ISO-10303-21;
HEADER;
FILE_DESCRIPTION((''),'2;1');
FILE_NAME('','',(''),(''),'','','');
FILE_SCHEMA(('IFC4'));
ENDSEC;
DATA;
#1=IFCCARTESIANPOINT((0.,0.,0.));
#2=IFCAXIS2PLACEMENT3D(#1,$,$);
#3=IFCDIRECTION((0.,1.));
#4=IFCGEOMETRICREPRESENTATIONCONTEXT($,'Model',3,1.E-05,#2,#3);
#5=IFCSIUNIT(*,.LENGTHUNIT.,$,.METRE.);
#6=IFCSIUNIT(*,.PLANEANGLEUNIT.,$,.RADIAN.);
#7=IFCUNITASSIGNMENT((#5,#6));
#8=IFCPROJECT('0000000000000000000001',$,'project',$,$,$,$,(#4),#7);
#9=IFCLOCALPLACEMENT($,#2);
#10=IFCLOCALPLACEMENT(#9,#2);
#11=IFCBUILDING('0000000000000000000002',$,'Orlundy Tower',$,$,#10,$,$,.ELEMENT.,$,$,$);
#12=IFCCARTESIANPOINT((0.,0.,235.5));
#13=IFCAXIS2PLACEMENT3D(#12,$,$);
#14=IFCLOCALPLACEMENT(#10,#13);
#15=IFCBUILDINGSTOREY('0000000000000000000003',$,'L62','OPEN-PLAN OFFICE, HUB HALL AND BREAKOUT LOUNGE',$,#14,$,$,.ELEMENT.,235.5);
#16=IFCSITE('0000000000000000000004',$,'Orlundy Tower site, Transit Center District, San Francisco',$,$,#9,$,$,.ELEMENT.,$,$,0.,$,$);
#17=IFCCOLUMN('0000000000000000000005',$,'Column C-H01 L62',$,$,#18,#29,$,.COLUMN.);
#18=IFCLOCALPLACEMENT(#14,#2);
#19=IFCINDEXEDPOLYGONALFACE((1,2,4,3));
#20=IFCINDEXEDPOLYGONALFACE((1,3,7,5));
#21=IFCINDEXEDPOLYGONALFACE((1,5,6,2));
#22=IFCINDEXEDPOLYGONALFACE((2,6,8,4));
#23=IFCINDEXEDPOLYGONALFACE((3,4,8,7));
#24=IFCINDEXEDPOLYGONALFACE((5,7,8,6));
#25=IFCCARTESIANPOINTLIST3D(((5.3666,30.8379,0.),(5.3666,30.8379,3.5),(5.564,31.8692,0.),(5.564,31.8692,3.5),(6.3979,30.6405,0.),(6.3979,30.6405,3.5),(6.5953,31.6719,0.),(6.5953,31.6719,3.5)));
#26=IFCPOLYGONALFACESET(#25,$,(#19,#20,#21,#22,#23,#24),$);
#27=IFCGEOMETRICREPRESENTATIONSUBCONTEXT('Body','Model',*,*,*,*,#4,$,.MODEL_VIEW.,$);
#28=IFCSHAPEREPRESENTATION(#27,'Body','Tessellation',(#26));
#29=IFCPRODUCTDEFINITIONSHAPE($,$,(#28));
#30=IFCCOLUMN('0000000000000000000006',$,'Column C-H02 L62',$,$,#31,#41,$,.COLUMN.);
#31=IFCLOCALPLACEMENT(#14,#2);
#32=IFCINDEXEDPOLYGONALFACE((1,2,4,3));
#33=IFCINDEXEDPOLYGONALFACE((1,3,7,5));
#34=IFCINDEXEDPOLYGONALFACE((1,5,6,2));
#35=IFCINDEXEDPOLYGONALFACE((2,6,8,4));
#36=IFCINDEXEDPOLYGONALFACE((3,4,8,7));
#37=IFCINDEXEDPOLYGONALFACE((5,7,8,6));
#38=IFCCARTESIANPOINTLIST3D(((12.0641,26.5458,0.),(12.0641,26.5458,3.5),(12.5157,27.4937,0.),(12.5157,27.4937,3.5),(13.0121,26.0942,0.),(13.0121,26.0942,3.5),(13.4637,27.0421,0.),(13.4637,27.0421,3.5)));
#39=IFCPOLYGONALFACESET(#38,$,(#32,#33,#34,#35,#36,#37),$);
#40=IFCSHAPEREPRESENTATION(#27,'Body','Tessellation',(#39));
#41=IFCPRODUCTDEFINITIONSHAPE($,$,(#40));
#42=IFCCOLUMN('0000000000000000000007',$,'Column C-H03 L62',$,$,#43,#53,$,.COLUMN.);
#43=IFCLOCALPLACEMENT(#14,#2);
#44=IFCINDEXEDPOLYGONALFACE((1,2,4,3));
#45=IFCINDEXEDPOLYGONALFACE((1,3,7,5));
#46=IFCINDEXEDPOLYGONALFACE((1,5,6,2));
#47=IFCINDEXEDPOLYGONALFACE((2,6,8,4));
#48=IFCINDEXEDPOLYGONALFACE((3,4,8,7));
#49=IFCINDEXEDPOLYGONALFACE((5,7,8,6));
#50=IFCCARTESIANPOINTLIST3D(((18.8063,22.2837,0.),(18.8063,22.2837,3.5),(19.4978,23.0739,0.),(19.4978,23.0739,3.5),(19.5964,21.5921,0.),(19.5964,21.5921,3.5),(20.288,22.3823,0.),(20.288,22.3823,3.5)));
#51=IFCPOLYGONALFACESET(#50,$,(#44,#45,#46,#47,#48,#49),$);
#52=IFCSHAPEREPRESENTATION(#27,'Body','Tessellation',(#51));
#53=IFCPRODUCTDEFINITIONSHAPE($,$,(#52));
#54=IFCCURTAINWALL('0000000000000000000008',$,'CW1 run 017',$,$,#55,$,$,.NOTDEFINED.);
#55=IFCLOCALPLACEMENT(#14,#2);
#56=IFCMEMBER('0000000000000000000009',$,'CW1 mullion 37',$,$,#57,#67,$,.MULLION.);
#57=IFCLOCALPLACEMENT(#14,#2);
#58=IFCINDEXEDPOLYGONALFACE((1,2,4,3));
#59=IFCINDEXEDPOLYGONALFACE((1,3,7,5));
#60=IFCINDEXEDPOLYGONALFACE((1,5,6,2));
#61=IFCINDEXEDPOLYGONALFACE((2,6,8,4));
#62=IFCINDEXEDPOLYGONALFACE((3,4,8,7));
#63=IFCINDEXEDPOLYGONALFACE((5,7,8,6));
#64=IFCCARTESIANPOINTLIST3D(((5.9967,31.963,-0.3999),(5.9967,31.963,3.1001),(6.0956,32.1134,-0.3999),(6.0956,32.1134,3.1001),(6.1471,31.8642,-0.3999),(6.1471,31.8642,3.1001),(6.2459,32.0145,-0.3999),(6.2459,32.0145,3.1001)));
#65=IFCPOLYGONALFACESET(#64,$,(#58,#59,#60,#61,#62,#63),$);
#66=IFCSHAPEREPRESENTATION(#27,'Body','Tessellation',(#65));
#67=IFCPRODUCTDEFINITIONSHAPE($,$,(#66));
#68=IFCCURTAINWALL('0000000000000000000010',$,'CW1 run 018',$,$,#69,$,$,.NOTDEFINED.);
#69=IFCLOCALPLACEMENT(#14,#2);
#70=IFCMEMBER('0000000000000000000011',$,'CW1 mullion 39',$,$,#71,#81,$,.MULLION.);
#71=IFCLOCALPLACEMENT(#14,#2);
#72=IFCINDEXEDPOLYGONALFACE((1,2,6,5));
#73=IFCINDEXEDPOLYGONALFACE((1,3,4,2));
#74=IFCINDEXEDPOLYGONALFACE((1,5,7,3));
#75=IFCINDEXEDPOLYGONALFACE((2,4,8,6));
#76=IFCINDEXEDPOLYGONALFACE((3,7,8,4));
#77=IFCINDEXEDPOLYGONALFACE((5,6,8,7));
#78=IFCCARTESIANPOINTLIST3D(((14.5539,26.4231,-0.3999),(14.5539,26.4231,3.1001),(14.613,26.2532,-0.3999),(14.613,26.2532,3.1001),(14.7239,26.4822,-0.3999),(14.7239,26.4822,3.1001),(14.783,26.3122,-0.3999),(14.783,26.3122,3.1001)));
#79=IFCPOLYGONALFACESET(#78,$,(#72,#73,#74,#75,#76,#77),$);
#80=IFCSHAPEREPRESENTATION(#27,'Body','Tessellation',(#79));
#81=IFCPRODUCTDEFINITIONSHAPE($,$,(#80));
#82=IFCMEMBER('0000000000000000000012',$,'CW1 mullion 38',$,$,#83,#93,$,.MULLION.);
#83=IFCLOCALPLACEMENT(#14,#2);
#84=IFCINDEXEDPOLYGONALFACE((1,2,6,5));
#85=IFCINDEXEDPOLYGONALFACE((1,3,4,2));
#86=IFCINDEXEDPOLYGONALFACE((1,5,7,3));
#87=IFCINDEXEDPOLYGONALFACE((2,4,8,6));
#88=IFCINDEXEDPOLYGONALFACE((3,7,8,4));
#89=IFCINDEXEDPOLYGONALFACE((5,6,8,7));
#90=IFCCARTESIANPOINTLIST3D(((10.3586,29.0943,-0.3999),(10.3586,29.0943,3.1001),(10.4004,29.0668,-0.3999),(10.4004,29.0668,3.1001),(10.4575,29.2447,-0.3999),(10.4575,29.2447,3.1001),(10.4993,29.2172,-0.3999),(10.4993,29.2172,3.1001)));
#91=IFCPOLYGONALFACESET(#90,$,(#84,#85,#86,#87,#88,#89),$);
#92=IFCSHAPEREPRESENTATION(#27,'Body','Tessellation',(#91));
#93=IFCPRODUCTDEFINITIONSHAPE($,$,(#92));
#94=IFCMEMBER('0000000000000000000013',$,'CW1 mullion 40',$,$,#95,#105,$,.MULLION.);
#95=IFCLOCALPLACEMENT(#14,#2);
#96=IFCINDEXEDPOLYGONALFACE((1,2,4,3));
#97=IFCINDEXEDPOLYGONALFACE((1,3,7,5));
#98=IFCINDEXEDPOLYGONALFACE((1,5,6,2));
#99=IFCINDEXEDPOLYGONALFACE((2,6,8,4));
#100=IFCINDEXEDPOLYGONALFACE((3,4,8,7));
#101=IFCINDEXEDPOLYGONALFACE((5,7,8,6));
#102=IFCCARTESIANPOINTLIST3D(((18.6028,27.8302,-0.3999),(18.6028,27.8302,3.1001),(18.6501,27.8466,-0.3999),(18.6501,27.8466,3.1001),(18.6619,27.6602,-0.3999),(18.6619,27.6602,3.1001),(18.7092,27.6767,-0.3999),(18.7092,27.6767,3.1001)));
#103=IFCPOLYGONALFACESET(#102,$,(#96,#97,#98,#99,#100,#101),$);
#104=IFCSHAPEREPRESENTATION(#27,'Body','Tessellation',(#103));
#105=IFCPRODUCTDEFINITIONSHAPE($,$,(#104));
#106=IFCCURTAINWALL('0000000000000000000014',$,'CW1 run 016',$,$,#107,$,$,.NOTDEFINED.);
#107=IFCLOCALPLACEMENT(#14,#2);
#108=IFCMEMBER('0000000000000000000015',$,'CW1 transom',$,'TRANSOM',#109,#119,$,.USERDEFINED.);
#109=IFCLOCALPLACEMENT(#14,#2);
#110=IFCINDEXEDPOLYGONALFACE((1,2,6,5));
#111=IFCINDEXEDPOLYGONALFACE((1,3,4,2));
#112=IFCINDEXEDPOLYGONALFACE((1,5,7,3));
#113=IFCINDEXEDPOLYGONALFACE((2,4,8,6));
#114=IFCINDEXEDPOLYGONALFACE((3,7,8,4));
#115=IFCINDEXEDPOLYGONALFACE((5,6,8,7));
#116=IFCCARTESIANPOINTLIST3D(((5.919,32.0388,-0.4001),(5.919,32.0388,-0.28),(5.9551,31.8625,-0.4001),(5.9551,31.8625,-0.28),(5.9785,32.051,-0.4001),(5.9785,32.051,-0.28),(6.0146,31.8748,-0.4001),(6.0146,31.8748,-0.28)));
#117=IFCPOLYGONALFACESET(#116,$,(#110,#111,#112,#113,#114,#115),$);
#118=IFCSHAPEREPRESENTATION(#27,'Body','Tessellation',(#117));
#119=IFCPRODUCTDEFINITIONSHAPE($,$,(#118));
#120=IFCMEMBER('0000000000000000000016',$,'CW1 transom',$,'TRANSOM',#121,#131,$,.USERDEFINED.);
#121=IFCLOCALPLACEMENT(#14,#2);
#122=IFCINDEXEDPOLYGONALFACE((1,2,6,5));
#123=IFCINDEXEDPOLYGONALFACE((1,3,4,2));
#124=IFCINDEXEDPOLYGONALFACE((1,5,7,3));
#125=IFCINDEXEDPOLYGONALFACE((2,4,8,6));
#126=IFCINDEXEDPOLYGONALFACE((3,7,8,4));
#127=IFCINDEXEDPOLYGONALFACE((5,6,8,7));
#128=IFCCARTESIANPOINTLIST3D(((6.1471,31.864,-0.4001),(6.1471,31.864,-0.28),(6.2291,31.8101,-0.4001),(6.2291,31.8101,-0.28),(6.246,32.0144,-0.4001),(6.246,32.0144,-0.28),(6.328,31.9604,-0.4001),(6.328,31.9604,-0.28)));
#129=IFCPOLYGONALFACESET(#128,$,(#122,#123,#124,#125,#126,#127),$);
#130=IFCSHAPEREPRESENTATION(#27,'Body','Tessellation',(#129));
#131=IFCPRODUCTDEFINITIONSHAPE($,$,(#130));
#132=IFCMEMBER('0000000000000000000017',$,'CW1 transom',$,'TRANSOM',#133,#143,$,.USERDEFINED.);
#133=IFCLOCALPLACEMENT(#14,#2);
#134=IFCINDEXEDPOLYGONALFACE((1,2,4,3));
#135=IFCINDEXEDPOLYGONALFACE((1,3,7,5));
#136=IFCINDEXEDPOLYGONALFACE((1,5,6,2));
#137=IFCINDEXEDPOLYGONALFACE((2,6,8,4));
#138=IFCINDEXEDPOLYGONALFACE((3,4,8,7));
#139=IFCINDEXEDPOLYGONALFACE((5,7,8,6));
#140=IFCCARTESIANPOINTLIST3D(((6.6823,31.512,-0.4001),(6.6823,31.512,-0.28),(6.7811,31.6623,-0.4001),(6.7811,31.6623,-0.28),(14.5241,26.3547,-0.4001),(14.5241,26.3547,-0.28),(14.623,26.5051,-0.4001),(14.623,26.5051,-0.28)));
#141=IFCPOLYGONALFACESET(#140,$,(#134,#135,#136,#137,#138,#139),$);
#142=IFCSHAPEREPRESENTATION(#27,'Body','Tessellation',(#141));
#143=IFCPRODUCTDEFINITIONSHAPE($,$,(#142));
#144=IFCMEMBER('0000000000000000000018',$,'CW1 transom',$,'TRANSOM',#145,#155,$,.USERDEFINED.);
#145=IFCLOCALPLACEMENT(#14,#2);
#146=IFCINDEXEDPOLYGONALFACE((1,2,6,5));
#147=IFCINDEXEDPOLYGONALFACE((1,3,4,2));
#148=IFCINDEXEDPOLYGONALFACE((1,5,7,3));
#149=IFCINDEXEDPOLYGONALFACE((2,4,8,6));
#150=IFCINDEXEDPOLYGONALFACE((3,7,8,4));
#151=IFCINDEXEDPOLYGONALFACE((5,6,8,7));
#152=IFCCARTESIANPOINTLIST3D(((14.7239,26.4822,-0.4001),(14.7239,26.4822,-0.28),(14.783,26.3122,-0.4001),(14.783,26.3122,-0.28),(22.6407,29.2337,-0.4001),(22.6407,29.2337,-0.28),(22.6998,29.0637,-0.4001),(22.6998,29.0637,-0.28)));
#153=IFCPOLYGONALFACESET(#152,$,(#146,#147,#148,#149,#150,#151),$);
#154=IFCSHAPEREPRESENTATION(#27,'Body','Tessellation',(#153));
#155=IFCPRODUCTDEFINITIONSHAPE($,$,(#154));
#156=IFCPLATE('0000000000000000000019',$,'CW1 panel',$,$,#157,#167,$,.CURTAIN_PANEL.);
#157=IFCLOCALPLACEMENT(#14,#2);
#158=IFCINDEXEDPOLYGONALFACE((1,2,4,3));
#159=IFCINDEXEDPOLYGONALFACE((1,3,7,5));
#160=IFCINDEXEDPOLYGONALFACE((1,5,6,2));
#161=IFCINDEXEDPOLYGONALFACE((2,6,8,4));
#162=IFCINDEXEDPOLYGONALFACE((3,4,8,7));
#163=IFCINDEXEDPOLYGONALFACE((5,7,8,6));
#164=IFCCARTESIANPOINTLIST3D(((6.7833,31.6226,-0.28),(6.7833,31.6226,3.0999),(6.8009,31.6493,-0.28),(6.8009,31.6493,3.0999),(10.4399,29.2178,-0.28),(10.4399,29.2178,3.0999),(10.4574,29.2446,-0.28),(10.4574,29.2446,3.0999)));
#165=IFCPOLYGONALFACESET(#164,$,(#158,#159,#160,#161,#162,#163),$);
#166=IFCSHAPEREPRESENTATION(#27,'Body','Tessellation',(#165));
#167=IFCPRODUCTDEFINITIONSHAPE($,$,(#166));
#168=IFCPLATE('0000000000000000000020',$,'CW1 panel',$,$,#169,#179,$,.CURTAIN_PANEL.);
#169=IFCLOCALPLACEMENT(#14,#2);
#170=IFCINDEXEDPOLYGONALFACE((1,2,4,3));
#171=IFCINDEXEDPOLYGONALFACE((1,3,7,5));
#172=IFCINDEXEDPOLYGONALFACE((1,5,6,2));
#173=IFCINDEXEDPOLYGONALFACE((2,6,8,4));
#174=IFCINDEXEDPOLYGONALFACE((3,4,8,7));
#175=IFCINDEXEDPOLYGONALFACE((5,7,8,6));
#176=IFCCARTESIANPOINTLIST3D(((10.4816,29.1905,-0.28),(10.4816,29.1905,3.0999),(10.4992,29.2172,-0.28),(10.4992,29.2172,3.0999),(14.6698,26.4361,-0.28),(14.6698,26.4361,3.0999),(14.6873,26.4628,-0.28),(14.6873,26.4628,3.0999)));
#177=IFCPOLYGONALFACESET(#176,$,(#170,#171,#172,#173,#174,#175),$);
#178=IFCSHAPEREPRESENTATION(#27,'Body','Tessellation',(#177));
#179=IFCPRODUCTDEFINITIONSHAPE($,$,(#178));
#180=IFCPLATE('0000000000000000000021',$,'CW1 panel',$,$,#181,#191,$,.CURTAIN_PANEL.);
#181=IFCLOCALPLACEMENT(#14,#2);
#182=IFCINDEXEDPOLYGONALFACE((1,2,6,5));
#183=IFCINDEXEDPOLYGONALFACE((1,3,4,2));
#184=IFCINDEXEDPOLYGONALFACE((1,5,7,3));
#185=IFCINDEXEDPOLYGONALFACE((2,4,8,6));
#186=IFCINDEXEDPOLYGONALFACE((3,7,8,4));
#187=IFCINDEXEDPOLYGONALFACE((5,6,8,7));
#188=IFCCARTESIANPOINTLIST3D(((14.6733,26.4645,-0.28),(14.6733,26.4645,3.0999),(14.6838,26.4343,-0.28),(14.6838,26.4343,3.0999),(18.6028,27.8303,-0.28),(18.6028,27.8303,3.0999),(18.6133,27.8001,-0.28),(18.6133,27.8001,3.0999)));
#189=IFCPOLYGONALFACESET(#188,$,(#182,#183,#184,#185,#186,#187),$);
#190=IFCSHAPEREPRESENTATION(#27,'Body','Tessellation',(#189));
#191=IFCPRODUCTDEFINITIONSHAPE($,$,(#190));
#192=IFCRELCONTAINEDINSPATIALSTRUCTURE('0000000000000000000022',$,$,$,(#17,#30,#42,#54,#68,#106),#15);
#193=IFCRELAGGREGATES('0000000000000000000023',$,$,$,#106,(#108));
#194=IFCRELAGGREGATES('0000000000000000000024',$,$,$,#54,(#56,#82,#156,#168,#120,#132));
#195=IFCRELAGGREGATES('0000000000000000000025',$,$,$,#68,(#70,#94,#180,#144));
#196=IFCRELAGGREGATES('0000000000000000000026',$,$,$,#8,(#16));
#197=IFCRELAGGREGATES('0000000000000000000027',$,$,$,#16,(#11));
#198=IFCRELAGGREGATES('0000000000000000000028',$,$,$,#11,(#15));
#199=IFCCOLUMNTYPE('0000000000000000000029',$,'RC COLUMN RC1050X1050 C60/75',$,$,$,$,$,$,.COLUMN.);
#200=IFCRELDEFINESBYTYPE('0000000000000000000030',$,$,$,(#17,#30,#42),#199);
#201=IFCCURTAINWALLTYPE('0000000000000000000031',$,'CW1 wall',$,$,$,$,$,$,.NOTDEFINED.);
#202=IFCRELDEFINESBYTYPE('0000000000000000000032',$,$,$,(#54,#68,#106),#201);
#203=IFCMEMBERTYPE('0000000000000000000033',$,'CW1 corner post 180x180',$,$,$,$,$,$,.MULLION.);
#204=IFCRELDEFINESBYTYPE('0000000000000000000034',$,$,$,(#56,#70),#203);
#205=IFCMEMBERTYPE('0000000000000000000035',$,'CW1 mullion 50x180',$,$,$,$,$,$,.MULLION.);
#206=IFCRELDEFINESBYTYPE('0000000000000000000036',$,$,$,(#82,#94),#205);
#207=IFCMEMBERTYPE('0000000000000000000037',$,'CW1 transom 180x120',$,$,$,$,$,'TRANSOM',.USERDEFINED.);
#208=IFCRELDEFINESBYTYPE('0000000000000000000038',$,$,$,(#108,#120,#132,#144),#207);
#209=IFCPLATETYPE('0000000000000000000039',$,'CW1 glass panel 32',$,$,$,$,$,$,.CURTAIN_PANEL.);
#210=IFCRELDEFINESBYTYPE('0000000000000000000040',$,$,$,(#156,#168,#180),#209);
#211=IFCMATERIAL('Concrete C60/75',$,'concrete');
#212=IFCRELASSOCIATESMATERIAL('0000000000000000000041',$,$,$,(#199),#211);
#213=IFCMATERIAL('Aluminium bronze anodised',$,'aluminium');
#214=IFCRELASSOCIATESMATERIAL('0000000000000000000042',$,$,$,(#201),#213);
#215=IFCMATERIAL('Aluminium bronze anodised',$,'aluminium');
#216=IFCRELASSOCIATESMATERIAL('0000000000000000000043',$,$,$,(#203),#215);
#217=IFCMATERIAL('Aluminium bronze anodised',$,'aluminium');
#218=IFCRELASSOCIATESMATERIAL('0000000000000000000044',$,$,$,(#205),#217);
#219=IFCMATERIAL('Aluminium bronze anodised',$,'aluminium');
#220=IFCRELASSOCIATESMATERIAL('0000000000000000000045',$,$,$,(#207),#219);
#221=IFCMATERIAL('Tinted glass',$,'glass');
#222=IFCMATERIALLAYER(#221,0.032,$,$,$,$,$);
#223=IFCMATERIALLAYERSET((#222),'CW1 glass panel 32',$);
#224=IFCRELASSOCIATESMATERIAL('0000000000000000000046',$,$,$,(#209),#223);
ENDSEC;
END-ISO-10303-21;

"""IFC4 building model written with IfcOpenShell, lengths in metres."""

from ifc_helpers import new_model, si_unit, direction, frame, origin, origin_2d, place, context, subcontext, project, spatial, rectangle, extrude, material, layer, layer_set, material_profile, profile_set, type_object, element, aggregate, save


model = new_model("IFC4")

# Units and contexts
model_context = context("Model", 3, precision=1e-05, world=origin(), true_north=direction((0.0, 1.0)))
body_context = subcontext(model_context, "Body", "Model", "MODEL_VIEW")
ifc_project = project(units=[si_unit("LENGTHUNIT", "METRE"), si_unit("PLANEANGLEUNIT", "RADIAN")], contexts=[model_context])

# Site, building, storey
site_placement = place(None, origin())
site = spatial("IfcSite", under=ifc_project, at=site_placement, Name="Orlundy Tower site, Transit Center District, San Francisco", CompositionType="ELEMENT", RefElevation=0.0)
building_placement = place(site_placement, origin())
building = spatial("IfcBuilding", under=site, at=building_placement, Name="Orlundy Tower", CompositionType="ELEMENT")
storey_placement = place(building_placement, frame((0.0, 0.0, 235.5)))
storey = spatial("IfcBuildingStorey", under=building, at=storey_placement, Name="L62", Description="OPEN-PLAN OFFICE, HUB HALL AND BREAKOUT LOUNGE", CompositionType="ELEMENT", Elevation=235.5)

# Columns
ifc_material_1 = material(Name="Concrete C60/75", Category="concrete")
ifc_material_profile_1 = material_profile(ifc_material_1, rectangle(XDim=1.05, YDim=1.05, at=origin_2d()), Name="RC1050X1050")
ifc_profile_set_1 = profile_set([ifc_material_profile_1], Name="Concrete C60/75")
column_type = type_object("IfcColumnType", Name="RC COLUMN RC1050X1050 C60/75", PredefinedType="COLUMN", material=ifc_profile_set_1)
for number, where, z_axis, x_axis, name in (
    (1, (5.981, 31.2549, 0.0), (0.0, 0.0, 1.0), (0.187947, 0.982179, 0.0), "Column C-H01 L62"),
    (2, (12.7639, 26.7939, 0.0), (0.0, 0.0, 1.0), (0.43007, 0.902796, 0.0), "Column C-H02 L62"),
    (3, (19.5471, 22.333, 0.0), (0.0, 0.0, 1.0), (0.658611, 0.752484, 0.0), "Column C-H03 L62"),
):
    element("IfcColumn", number, at=place(storey_placement, frame(where, z_axis=z_axis, x_axis=x_axis)), inside=storey, type_object=column_type, Name=name, PredefinedType="COLUMN", context=body_context, shape_type="SweptSolid", body=[
        extrude(rectangle(XDim=1.05, YDim=1.05, at=origin_2d()), origin(), (0.0, 0.0, 1.0), 3.5),
    ])

# Curtain walls, members
ifc_material_2 = material(Name="Aluminium bronze anodised", Category="aluminium")
curtain_wall_type = type_object("IfcCurtainWallType", Name="CW1 wall", PredefinedType="NOTDEFINED", material=ifc_material_2)
curtain_wall_1_placement = place(storey_placement, origin())
curtain_wall_1 = element("IfcCurtainWall", 4, at=curtain_wall_1_placement, inside=storey, type_object=curtain_wall_type, Name="CW1 run 017", PredefinedType="NOTDEFINED")
ifc_material_3 = material(Name="Aluminium bronze anodised", Category="aluminium")
ifc_material_profile_2 = material_profile(ifc_material_3, rectangle(XDim=0.1799, YDim=0.1799, at=origin_2d()), Name="CW1 corner post 180x180")
ifc_profile_set_2 = profile_set([ifc_material_profile_2], Name="Aluminium bronze anodised")
member_type_1 = type_object("IfcMemberType", Name="CW1 corner post 180x180", PredefinedType="MULLION", material=ifc_profile_set_2)
member_1_placement = place(storey_placement, frame((6.1213, 31.9888, -0.3999), z_axis=(0.0, 0.0, 1.0), x_axis=(0.549482, 0.835506, 0.0)))
member_1 = element("IfcMember", 5, at=member_1_placement, type_object=member_type_1, Name="CW1 mullion 37", PredefinedType="MULLION", context=body_context, shape_type="SweptSolid", body=[
    extrude(rectangle(XDim=0.1799, YDim=0.1799, at=origin_2d()), origin(), (0.0, 0.0, 1.0), 3.5),
])
curtain_wall_2_placement = place(storey_placement, origin())
curtain_wall_2 = element("IfcCurtainWall", 6, at=curtain_wall_2_placement, inside=storey, type_object=curtain_wall_type, Name="CW1 run 018", PredefinedType="NOTDEFINED")
member_2_placement = place(storey_placement, frame((14.6685, 26.3677, -0.3999), z_axis=(0.0, 0.0, 1.0), x_axis=(-0.328298, 0.944574, 0.0)))
member_2 = element("IfcMember", 7, at=member_2_placement, type_object=member_type_1, Name="CW1 mullion 39", PredefinedType="MULLION", context=body_context, shape_type="SweptSolid", body=[
    extrude(rectangle(XDim=0.1799, YDim=0.1799, at=origin_2d()), origin(), (0.0, 0.0, 1.0), 3.5),
])

# Members
ifc_material_4 = material(Name="Aluminium bronze anodised", Category="aluminium")
ifc_material_profile_3 = material_profile(ifc_material_4, rectangle(XDim=0.1799, YDim=0.05, at=origin_2d()), Name="CW1 mullion 50x180")
ifc_profile_set_3 = profile_set([ifc_material_profile_3], Name="Aluminium bronze anodised")
member_type_2 = type_object("IfcMemberType", Name="CW1 mullion 50x180", PredefinedType="MULLION", material=ifc_profile_set_3)
member_3_placement = place(storey_placement, frame((10.429, 29.1558, -0.3999), z_axis=(0.0, 0.0, 1.0), x_axis=(0.549482, 0.835506, 0.0)))
member_3 = element("IfcMember", 8, at=member_3_placement, type_object=member_type_2, Name="CW1 mullion 38", PredefinedType="MULLION", context=body_context, shape_type="SweptSolid", body=[
    extrude(rectangle(XDim=0.1799, YDim=0.05, at=origin_2d()), origin(), (0.0, 0.0, 1.0), 3.5),
])
member_4_placement = place(storey_placement, frame((18.656, 27.7534, -0.3999), z_axis=(0.0, 0.0, 1.0), x_axis=(-0.328298, 0.944574, 0.0)))
member_4 = element("IfcMember", 9, at=member_4_placement, type_object=member_type_2, Name="CW1 mullion 40", PredefinedType="MULLION", context=body_context, shape_type="SweptSolid", body=[
    extrude(rectangle(XDim=0.1799, YDim=0.05, at=origin_2d()), origin(), (0.0, 0.0, 1.0), 3.5),
])

# Curtain wall, member
curtain_wall_3_placement = place(storey_placement, origin())
curtain_wall_3 = element("IfcCurtainWall", 10, at=curtain_wall_3_placement, inside=storey, type_object=curtain_wall_type, Name="CW1 run 016", PredefinedType="NOTDEFINED")
ifc_material_5 = material(Name="Aluminium bronze anodised", Category="aluminium")
ifc_material_profile_4 = material_profile(ifc_material_5, rectangle(XDim=0.1799, YDim=0.1201, at=origin_2d()), Name="CW1 transom 180x120")
ifc_profile_set_4 = profile_set([ifc_material_profile_4], Name="Aluminium bronze anodised")
member_type_3 = type_object("IfcMemberType", Name="CW1 transom 180x120", ElementType="TRANSOM", PredefinedType="USERDEFINED", material=ifc_profile_set_4)
member_5_placement = place(storey_placement, frame((5.937, 31.9507, -0.3401), z_axis=(0.979643, 0.200747, 0.0), x_axis=(-0.200747, 0.979643, 0.0)))
member_5 = element("IfcMember", 11, at=member_5_placement, type_object=member_type_3, Name="CW1 transom", ObjectType="TRANSOM", PredefinedType="USERDEFINED", context=body_context, shape_type="SweptSolid", body=[
    extrude(rectangle(XDim=0.1799, YDim=0.1201, at=origin_2d()), origin(), (0.0, 0.0, 1.0), 0.0608),
])
aggregate(curtain_wall_3, [member_5])

# Members
member_6_placement = place(storey_placement, frame((6.1965, 31.9392, -0.3401), z_axis=(0.835477, -0.549525, 0.0), x_axis=(0.549525, 0.835477, 0.0)))
member_6 = element("IfcMember", 12, at=member_6_placement, type_object=member_type_3, Name="CW1 transom", ObjectType="TRANSOM", PredefinedType="USERDEFINED", context=body_context, shape_type="SweptSolid", body=[
    extrude(rectangle(XDim=0.1799, YDim=0.1201, at=origin_2d()), origin(), (0.0, 0.0, 1.0), 0.0981),
])
member_7_placement = place(storey_placement, frame((6.7317, 31.5872, -0.3401), z_axis=(0.835508, -0.549479, 0.0), x_axis=(0.549479, 0.835508, 0.0)))
member_7 = element("IfcMember", 13, at=member_7_placement, type_object=member_type_3, Name="CW1 transom", ObjectType="TRANSOM", PredefinedType="USERDEFINED", context=body_context, shape_type="SweptSolid", body=[
    extrude(rectangle(XDim=0.1799, YDim=0.1201, at=origin_2d()), origin(), (0.0, 0.0, 1.0), 9.3857),
])
member_8_placement = place(storey_placement, frame((14.7534, 26.3972, -0.3401), z_axis=(0.944578, 0.328288, 0.0), x_axis=(-0.328288, 0.944578, 0.0)))
member_8 = element("IfcMember", 14, at=member_8_placement, type_object=member_type_3, Name="CW1 transom", ObjectType="TRANSOM", PredefinedType="USERDEFINED", context=body_context, shape_type="SweptSolid", body=[
    extrude(rectangle(XDim=0.1799, YDim=0.1201, at=origin_2d()), origin(), (0.0, 0.0, 1.0), 8.3813),
])

# Plates
ifc_material_6 = material(Name="Tinted glass", Category="glass")
ifc_layer_1 = layer(ifc_material_6, 0.032)
ifc_layer_set_1 = layer_set([ifc_layer_1], Name="CW1 glass panel 32")
plate_type = type_object("IfcPlateType", Name="CW1 glass panel 32", PredefinedType="CURTAIN_PANEL", material=ifc_layer_set_1)
plate_1_placement = place(storey_placement, frame((8.6204, 30.4336, -0.28), z_axis=(0.0, 0.0, 1.0), x_axis=(0.835506, -0.549482, 0.0)))
plate_1 = element("IfcPlate", 15, at=plate_1_placement, type_object=plate_type, Name="CW1 panel", PredefinedType="CURTAIN_PANEL", context=body_context, shape_type="SweptSolid", body=[
    extrude(rectangle(XDim=4.3765, YDim=0.032, at=origin_2d()), origin(), (0.0, 0.0, 1.0), 3.3799),
])
plate_2_placement = place(storey_placement, frame((12.5845, 27.8267, -0.28), z_axis=(0.0, 0.0, 1.0), x_axis=(0.835506, -0.549482, 0.0)))
plate_2 = element("IfcPlate", 16, at=plate_2_placement, type_object=plate_type, Name="CW1 panel", PredefinedType="CURTAIN_PANEL", context=body_context, shape_type="SweptSolid", body=[
    extrude(rectangle(XDim=5.0127, YDim=0.032, at=origin_2d()), origin(), (0.0, 0.0, 1.0), 3.3799),
])
aggregate(curtain_wall_1, [member_1, member_3, plate_1, plate_2, member_6, member_7])
plate_3_placement = place(storey_placement, frame((16.6433, 27.1323, -0.28), z_axis=(0.0, 0.0, 1.0), x_axis=(0.944574, 0.328298, 0.0)))
plate_3 = element("IfcPlate", 17, at=plate_3_placement, type_object=plate_type, Name="CW1 panel", PredefinedType="CURTAIN_PANEL", context=body_context, shape_type="SweptSolid", body=[
    extrude(rectangle(XDim=4.1602, YDim=0.032, at=origin_2d()), origin(), (0.0, 0.0, 1.0), 3.3799),
])
aggregate(curtain_wall_2, [member_2, member_4, plate_3, member_8])

save(model, "model.ifc")
